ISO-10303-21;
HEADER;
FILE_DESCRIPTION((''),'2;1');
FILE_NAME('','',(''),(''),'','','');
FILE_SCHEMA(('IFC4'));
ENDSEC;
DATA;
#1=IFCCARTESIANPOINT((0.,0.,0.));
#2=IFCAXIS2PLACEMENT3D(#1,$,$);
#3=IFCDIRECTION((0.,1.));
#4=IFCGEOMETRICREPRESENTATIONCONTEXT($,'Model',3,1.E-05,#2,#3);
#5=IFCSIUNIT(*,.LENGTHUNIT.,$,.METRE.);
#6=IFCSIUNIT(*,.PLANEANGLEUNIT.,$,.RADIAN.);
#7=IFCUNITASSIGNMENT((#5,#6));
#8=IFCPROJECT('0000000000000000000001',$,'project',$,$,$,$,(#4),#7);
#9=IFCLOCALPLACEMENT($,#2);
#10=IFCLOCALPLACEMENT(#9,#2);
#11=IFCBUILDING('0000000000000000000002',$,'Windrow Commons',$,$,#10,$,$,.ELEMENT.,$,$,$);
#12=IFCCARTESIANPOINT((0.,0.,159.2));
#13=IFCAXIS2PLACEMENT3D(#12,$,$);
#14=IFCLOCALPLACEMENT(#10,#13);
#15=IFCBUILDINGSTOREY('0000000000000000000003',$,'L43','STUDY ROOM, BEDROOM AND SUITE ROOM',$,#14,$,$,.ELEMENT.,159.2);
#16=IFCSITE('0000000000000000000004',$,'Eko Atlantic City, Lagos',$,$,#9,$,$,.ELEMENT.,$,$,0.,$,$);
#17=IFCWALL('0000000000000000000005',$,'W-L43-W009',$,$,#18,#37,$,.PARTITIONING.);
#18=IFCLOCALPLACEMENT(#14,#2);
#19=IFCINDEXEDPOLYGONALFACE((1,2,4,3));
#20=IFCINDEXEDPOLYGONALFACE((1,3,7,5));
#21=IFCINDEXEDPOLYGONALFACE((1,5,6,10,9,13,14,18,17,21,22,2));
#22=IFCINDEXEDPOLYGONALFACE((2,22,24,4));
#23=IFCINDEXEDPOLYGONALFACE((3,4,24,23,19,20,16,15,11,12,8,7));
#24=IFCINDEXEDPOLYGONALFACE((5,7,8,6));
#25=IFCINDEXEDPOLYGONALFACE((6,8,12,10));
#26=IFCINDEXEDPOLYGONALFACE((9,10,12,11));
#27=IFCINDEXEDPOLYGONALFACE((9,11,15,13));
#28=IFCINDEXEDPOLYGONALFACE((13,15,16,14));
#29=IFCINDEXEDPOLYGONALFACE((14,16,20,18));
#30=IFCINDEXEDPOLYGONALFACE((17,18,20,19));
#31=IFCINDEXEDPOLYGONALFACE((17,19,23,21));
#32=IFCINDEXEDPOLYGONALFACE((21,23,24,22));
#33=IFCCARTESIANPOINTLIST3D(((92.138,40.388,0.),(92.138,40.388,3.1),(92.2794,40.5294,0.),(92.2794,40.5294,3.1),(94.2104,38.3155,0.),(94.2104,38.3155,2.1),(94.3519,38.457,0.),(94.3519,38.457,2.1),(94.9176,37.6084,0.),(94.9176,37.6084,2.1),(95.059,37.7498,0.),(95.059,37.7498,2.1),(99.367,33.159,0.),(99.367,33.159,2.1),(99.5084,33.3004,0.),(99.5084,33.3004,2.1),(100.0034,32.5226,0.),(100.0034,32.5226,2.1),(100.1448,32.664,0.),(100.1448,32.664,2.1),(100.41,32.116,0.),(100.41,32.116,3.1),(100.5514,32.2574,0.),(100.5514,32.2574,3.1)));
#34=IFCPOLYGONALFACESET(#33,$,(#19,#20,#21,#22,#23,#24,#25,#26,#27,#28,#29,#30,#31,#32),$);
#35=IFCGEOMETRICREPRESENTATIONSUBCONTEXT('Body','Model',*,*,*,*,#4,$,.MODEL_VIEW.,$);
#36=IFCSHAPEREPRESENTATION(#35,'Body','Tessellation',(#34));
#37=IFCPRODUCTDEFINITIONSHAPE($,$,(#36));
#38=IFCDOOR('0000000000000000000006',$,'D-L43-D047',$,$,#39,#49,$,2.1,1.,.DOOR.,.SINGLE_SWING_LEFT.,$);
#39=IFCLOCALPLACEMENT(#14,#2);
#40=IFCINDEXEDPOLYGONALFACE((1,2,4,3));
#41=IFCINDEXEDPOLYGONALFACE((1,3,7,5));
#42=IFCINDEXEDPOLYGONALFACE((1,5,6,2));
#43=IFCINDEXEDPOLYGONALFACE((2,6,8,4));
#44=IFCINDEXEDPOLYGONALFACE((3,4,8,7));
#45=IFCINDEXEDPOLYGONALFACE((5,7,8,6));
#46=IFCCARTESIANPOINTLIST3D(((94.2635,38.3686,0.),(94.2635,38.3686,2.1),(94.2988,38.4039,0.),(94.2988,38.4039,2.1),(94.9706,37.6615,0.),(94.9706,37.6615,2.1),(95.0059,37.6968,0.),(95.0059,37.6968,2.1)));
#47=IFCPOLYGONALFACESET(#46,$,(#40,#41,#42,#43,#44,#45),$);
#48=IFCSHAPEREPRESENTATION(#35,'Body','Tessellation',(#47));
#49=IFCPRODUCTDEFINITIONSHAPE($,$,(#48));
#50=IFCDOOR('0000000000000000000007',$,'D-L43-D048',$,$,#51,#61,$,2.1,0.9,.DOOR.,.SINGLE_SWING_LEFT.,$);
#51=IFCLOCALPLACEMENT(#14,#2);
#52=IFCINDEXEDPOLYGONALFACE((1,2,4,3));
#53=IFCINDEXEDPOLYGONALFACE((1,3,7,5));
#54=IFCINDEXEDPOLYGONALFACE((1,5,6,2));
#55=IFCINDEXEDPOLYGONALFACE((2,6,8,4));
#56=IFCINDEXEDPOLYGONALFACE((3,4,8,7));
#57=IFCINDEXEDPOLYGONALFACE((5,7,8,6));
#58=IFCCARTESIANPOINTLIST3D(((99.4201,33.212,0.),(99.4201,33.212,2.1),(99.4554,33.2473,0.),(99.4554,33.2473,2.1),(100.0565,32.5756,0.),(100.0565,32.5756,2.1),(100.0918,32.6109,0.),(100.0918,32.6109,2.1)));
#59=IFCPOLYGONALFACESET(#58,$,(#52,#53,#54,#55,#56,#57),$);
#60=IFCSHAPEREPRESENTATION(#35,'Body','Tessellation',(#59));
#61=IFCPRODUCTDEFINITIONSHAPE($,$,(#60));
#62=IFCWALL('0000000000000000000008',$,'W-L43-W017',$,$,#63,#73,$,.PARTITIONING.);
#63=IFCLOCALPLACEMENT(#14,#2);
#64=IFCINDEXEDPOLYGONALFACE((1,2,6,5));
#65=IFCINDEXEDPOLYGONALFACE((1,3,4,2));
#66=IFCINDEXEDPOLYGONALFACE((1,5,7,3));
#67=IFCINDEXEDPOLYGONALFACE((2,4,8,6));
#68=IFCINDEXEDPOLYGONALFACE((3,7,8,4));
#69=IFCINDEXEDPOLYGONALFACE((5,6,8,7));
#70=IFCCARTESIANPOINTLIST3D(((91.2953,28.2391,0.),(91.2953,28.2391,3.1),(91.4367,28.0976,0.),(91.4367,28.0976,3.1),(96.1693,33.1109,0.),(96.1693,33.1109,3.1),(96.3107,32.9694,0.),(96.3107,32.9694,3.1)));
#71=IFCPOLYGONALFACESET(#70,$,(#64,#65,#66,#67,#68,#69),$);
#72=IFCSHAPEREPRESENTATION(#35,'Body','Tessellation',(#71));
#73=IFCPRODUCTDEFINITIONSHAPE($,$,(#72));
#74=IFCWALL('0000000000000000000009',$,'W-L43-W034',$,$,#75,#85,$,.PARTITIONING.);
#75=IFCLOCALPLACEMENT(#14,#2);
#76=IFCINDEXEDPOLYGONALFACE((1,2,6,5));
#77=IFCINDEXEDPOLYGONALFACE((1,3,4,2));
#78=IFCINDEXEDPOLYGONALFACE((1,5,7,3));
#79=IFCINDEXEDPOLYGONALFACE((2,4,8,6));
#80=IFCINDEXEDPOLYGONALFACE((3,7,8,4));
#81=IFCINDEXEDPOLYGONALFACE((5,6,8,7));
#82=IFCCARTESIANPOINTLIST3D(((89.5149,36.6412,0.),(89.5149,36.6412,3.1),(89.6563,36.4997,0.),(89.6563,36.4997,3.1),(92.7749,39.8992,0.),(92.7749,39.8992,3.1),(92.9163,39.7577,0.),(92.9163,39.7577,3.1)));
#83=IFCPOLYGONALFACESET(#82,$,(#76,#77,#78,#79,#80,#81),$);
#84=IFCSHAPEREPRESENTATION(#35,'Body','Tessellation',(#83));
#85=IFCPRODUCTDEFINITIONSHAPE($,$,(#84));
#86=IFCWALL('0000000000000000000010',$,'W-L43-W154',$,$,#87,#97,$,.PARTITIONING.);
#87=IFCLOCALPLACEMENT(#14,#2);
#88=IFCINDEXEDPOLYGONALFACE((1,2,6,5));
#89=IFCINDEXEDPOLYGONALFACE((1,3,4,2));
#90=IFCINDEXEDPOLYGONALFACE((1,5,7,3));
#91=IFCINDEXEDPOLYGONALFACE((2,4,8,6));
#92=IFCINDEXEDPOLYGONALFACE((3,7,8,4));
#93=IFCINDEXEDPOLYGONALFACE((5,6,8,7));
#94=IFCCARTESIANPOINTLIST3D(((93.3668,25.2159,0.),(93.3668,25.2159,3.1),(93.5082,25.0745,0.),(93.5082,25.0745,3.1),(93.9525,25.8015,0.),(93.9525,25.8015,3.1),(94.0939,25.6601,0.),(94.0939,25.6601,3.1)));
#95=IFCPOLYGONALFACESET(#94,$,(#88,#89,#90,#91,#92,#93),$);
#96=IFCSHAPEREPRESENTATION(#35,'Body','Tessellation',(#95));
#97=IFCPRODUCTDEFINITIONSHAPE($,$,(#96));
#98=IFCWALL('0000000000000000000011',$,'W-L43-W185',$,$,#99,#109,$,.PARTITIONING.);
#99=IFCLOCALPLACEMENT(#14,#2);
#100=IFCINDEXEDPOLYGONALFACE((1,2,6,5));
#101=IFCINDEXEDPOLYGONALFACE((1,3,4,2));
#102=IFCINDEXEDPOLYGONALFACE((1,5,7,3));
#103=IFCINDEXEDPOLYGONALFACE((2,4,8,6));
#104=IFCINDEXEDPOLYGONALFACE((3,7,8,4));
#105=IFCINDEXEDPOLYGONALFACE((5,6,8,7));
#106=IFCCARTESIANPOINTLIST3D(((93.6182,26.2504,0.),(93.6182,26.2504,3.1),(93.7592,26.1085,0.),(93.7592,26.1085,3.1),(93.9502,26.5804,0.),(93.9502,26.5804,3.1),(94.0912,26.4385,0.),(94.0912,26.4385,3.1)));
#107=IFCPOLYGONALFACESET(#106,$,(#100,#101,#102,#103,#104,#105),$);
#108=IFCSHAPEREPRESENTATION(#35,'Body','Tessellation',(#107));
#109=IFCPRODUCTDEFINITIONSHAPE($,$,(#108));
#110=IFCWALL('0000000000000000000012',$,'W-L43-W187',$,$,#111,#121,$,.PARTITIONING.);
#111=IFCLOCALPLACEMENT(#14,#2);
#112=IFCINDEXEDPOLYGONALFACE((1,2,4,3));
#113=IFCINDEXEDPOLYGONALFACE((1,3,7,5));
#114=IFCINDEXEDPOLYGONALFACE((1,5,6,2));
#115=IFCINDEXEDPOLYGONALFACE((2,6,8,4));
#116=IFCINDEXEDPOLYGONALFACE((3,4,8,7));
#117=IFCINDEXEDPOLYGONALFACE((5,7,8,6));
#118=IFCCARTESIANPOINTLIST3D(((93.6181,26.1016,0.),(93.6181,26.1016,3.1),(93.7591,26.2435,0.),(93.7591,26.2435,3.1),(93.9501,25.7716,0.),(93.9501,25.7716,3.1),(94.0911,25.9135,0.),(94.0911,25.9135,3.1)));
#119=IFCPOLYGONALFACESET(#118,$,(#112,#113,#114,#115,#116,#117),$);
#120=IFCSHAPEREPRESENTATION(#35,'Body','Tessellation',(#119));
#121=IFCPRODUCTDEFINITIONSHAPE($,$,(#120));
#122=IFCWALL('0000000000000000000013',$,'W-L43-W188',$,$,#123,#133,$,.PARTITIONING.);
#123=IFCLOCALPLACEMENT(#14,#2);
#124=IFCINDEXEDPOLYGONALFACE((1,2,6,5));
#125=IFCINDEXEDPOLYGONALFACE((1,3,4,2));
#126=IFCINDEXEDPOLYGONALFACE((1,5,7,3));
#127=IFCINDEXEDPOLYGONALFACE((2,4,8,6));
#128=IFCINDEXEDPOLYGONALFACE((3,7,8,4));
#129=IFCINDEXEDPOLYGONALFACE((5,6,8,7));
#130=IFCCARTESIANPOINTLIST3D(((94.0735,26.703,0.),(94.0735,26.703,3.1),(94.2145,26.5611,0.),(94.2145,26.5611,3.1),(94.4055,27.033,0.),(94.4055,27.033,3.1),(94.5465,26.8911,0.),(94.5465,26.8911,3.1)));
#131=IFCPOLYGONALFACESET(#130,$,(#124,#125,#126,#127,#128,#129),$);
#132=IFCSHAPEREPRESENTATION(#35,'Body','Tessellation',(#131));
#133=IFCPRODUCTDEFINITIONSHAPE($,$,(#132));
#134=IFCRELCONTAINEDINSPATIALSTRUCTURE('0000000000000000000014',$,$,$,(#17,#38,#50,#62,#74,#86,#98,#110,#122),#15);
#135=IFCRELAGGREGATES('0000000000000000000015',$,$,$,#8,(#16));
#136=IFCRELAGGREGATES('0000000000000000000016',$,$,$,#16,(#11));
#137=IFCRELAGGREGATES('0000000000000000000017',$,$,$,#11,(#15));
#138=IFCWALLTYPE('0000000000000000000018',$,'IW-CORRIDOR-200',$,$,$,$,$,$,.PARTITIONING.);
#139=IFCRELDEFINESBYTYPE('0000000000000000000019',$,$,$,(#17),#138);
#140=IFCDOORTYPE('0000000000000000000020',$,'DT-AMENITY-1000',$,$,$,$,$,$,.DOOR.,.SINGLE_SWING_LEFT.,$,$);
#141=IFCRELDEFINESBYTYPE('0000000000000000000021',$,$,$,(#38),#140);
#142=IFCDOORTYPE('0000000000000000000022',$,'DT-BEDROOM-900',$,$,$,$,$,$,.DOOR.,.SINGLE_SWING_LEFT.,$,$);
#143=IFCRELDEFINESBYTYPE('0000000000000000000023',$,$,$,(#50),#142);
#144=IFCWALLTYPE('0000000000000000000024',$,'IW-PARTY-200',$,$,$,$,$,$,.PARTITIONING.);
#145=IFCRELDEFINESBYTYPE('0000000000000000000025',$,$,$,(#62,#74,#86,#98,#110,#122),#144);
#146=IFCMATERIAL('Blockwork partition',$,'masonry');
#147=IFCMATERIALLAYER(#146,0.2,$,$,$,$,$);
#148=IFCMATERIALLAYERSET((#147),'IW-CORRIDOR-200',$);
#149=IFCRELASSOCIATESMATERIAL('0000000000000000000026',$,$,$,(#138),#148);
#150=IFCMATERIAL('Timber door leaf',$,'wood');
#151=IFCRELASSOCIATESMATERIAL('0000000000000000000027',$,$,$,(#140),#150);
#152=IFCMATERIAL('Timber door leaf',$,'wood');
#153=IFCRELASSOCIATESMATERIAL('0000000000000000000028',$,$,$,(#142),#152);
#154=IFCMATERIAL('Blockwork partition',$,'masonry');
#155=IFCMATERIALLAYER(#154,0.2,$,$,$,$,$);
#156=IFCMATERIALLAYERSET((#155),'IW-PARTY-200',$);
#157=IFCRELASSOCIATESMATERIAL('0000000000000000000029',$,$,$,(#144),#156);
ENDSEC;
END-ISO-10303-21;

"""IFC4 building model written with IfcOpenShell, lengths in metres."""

from ifc_helpers import new_model, si_unit, direction, frame, frame_2d, origin, place, context, subcontext, project, spatial, rectangle, extrude, material, layer, layer_set, type_object, element, fill, save


model = new_model("IFC4")

# Units and contexts
model_context = context("Model", 3, precision=1e-05, world=origin(), true_north=direction((0.0, 1.0)))
body_context = subcontext(model_context, "Body", "Model", "MODEL_VIEW")
ifc_project = project(units=[si_unit("LENGTHUNIT", "METRE"), si_unit("PLANEANGLEUNIT", "RADIAN")], contexts=[model_context])

# Site, building, storey
site_placement = place(None, origin())
site = spatial("IfcSite", under=ifc_project, at=site_placement, Name="Eko Atlantic City, Lagos", CompositionType="ELEMENT", RefElevation=0.0)
building_placement = place(site_placement, origin())
building = spatial("IfcBuilding", under=site, at=building_placement, Name="Windrow Commons", CompositionType="ELEMENT")
storey_placement = place(building_placement, frame((0.0, 0.0, 159.2)))
storey = spatial("IfcBuildingStorey", under=building, at=storey_placement, Name="L43", Description="STUDY ROOM, BEDROOM AND SUITE ROOM", CompositionType="ELEMENT", Elevation=159.2)

# Wall, openings, doors
ifc_material_1 = material(Name="Blockwork partition", Category="masonry")
ifc_layer_1 = layer(ifc_material_1, 0.2)
ifc_layer_set_1 = layer_set([ifc_layer_1], Name="IW-CORRIDOR-200")
wall_type_1 = type_object("IfcWallType", Name="IW-CORRIDOR-200", PredefinedType="PARTITIONING", material=ifc_layer_set_1)
wall_1_placement = place(storey_placement, frame((92.2087, 40.4587, 0.0), z_axis=(0.0, 0.0, 1.0), x_axis=(0.707107, -0.707107, 0.0)))
wall_1 = element("IfcWall", 1, at=wall_1_placement, inside=storey, type_object=wall_type_1, Name="W-L43-W009", PredefinedType="PARTITIONING", context=body_context, shape_type="SweptSolid", body=[
    extrude(rectangle(XDim=11.6984, YDim=0.2, at=frame_2d((5.8492, 0.0))), origin(), (0.0, 0.0, 1.0), 3.1),
])
opening_1_placement = place(wall_1_placement, frame((2.9309, 0.0, 0.0)))
opening_1 = element("IfcOpeningElement", 2, at=opening_1_placement, cuts=wall_1, PredefinedType="OPENING", context=body_context, shape_type="SweptSolid", body=[
    extrude(rectangle(XDim=1.0, YDim=2.1, at=frame_2d((0.5, 1.05))), frame((0.0, 0.11, 0.0), z_axis=(0.0, -1.0, 0.0), x_axis=(1.0, 0.0, 0.0)), (0.0, 0.0, 1.0), 0.22),
])
opening_2_placement = place(wall_1_placement, frame((10.2234, 0.0, 0.0)))
opening_2 = element("IfcOpeningElement", 3, at=opening_2_placement, cuts=wall_1, PredefinedType="OPENING", context=body_context, shape_type="SweptSolid", body=[
    extrude(rectangle(XDim=0.9, YDim=2.1, at=frame_2d((0.45, 1.05))), frame((0.0, 0.11, 0.0), z_axis=(0.0, -1.0, 0.0), x_axis=(1.0, 0.0, 0.0)), (0.0, 0.0, 1.0), 0.22),
])
ifc_material_2 = material(Name="Timber door leaf", Category="wood")
door_type_1 = type_object("IfcDoorType", Name="DT-AMENITY-1000", OperationType="SINGLE_SWING_LEFT", PredefinedType="DOOR", material=ifc_material_2)
door_1_placement = place(opening_1_placement, origin())
door_1 = element("IfcDoor", 4, at=door_1_placement, inside=storey, type_object=door_type_1, Name="D-L43-D047", OperationType="SINGLE_SWING_LEFT", OverallHeight=2.1, OverallWidth=1.0, PredefinedType="DOOR", context=body_context, shape_type="SweptSolid", body=[
    extrude(rectangle(XDim=1.0, YDim=2.1, at=frame_2d((0.5, 1.05))), frame((0.0, 0.025, 0.0), z_axis=(0.0, -1.0, 0.0), x_axis=(1.0, 0.0, 0.0)), (0.0, 0.0, 1.0), 0.05),
])
fill(opening_1, door_1)
ifc_material_3 = material(Name="Timber door leaf", Category="wood")
door_type_2 = type_object("IfcDoorType", Name="DT-BEDROOM-900", OperationType="SINGLE_SWING_LEFT", PredefinedType="DOOR", material=ifc_material_3)
door_2_placement = place(opening_2_placement, origin())
door_2 = element("IfcDoor", 5, at=door_2_placement, inside=storey, type_object=door_type_2, Name="D-L43-D048", OperationType="SINGLE_SWING_LEFT", OverallHeight=2.1, OverallWidth=0.9, PredefinedType="DOOR", context=body_context, shape_type="SweptSolid", body=[
    extrude(rectangle(XDim=0.9, YDim=2.1, at=frame_2d((0.45, 1.05))), frame((0.0, 0.025, 0.0), z_axis=(0.0, -1.0, 0.0), x_axis=(1.0, 0.0, 0.0)), (0.0, 0.0, 1.0), 0.05),
])
fill(opening_2, door_2)

# Walls
ifc_material_4 = material(Name="Blockwork partition", Category="masonry")
ifc_layer_2 = layer(ifc_material_4, 0.2)
ifc_layer_set_2 = layer_set([ifc_layer_2], Name="IW-PARTY-200")
wall_type_2 = type_object("IfcWallType", Name="IW-PARTY-200", PredefinedType="PARTITIONING", material=ifc_layer_set_2)
wall_2_placement = place(storey_placement, frame((91.366, 28.1683, 0.0), z_axis=(0.0, 0.0, 1.0), x_axis=(0.707259, 0.706954, 0.0)))
element("IfcWall", 6, at=wall_2_placement, inside=storey, type_object=wall_type_2, Name="W-L43-W017", PredefinedType="PARTITIONING", context=body_context, shape_type="SweptSolid", body=[
    extrude(rectangle(XDim=6.8913, YDim=0.2, at=frame_2d((3.4457, 0.0))), origin(), (0.0, 0.0, 1.0), 3.1),
])
wall_3_placement = place(storey_placement, frame((89.5856, 36.5704, 0.0), z_axis=(0.0, 0.0, 1.0), x_axis=(0.707324, 0.70689, 0.0)))
element("IfcWall", 7, at=wall_3_placement, inside=storey, type_object=wall_type_2, Name="W-L43-W034", PredefinedType="PARTITIONING", context=body_context, shape_type="SweptSolid", body=[
    extrude(rectangle(XDim=4.6089, YDim=0.2, at=frame_2d((2.3045, 0.0))), origin(), (0.0, 0.0, 1.0), 3.1),
])
wall_4_placement = place(storey_placement, frame((93.4375, 25.1452, 0.0), z_axis=(0.0, 0.0, 1.0), x_axis=(0.707167, 0.707046, 0.0)))
element("IfcWall", 8, at=wall_4_placement, inside=storey, type_object=wall_type_2, Name="W-L43-W154", PredefinedType="PARTITIONING", context=body_context, shape_type="SweptSolid", body=[
    extrude(rectangle(XDim=0.8282, YDim=0.2, at=frame_2d((0.4141, 0.0))), origin(), (0.0, 0.0, 1.0), 3.1),
])
for number, where, z_axis, x_axis, name in (
    (9, (93.6887, 26.1794, 0.0), (0.0, 0.0, 1.0), (0.70924, 0.704967, 0.0), "W-L43-W185"),
    (10, (93.6886, 26.1726, 0.0), (0.0, 0.0, 1.0), (0.70924, -0.704967, 0.0), "W-L43-W187"),
    (11, (94.144, 26.632, 0.0), (0.0, 0.0, 1.0), (0.70924, 0.704967, 0.0), "W-L43-W188"),
):
    element("IfcWall", number, at=place(storey_placement, frame(where, z_axis=z_axis, x_axis=x_axis)), inside=storey, type_object=wall_type_2, Name=name, PredefinedType="PARTITIONING", context=body_context, shape_type="SweptSolid", body=[
        extrude(rectangle(XDim=0.4681, YDim=0.2, at=frame_2d((0.2341, 0.0))), origin(), (0.0, 0.0, 1.0), 3.1),
    ])

save(model, "model.ifc")
